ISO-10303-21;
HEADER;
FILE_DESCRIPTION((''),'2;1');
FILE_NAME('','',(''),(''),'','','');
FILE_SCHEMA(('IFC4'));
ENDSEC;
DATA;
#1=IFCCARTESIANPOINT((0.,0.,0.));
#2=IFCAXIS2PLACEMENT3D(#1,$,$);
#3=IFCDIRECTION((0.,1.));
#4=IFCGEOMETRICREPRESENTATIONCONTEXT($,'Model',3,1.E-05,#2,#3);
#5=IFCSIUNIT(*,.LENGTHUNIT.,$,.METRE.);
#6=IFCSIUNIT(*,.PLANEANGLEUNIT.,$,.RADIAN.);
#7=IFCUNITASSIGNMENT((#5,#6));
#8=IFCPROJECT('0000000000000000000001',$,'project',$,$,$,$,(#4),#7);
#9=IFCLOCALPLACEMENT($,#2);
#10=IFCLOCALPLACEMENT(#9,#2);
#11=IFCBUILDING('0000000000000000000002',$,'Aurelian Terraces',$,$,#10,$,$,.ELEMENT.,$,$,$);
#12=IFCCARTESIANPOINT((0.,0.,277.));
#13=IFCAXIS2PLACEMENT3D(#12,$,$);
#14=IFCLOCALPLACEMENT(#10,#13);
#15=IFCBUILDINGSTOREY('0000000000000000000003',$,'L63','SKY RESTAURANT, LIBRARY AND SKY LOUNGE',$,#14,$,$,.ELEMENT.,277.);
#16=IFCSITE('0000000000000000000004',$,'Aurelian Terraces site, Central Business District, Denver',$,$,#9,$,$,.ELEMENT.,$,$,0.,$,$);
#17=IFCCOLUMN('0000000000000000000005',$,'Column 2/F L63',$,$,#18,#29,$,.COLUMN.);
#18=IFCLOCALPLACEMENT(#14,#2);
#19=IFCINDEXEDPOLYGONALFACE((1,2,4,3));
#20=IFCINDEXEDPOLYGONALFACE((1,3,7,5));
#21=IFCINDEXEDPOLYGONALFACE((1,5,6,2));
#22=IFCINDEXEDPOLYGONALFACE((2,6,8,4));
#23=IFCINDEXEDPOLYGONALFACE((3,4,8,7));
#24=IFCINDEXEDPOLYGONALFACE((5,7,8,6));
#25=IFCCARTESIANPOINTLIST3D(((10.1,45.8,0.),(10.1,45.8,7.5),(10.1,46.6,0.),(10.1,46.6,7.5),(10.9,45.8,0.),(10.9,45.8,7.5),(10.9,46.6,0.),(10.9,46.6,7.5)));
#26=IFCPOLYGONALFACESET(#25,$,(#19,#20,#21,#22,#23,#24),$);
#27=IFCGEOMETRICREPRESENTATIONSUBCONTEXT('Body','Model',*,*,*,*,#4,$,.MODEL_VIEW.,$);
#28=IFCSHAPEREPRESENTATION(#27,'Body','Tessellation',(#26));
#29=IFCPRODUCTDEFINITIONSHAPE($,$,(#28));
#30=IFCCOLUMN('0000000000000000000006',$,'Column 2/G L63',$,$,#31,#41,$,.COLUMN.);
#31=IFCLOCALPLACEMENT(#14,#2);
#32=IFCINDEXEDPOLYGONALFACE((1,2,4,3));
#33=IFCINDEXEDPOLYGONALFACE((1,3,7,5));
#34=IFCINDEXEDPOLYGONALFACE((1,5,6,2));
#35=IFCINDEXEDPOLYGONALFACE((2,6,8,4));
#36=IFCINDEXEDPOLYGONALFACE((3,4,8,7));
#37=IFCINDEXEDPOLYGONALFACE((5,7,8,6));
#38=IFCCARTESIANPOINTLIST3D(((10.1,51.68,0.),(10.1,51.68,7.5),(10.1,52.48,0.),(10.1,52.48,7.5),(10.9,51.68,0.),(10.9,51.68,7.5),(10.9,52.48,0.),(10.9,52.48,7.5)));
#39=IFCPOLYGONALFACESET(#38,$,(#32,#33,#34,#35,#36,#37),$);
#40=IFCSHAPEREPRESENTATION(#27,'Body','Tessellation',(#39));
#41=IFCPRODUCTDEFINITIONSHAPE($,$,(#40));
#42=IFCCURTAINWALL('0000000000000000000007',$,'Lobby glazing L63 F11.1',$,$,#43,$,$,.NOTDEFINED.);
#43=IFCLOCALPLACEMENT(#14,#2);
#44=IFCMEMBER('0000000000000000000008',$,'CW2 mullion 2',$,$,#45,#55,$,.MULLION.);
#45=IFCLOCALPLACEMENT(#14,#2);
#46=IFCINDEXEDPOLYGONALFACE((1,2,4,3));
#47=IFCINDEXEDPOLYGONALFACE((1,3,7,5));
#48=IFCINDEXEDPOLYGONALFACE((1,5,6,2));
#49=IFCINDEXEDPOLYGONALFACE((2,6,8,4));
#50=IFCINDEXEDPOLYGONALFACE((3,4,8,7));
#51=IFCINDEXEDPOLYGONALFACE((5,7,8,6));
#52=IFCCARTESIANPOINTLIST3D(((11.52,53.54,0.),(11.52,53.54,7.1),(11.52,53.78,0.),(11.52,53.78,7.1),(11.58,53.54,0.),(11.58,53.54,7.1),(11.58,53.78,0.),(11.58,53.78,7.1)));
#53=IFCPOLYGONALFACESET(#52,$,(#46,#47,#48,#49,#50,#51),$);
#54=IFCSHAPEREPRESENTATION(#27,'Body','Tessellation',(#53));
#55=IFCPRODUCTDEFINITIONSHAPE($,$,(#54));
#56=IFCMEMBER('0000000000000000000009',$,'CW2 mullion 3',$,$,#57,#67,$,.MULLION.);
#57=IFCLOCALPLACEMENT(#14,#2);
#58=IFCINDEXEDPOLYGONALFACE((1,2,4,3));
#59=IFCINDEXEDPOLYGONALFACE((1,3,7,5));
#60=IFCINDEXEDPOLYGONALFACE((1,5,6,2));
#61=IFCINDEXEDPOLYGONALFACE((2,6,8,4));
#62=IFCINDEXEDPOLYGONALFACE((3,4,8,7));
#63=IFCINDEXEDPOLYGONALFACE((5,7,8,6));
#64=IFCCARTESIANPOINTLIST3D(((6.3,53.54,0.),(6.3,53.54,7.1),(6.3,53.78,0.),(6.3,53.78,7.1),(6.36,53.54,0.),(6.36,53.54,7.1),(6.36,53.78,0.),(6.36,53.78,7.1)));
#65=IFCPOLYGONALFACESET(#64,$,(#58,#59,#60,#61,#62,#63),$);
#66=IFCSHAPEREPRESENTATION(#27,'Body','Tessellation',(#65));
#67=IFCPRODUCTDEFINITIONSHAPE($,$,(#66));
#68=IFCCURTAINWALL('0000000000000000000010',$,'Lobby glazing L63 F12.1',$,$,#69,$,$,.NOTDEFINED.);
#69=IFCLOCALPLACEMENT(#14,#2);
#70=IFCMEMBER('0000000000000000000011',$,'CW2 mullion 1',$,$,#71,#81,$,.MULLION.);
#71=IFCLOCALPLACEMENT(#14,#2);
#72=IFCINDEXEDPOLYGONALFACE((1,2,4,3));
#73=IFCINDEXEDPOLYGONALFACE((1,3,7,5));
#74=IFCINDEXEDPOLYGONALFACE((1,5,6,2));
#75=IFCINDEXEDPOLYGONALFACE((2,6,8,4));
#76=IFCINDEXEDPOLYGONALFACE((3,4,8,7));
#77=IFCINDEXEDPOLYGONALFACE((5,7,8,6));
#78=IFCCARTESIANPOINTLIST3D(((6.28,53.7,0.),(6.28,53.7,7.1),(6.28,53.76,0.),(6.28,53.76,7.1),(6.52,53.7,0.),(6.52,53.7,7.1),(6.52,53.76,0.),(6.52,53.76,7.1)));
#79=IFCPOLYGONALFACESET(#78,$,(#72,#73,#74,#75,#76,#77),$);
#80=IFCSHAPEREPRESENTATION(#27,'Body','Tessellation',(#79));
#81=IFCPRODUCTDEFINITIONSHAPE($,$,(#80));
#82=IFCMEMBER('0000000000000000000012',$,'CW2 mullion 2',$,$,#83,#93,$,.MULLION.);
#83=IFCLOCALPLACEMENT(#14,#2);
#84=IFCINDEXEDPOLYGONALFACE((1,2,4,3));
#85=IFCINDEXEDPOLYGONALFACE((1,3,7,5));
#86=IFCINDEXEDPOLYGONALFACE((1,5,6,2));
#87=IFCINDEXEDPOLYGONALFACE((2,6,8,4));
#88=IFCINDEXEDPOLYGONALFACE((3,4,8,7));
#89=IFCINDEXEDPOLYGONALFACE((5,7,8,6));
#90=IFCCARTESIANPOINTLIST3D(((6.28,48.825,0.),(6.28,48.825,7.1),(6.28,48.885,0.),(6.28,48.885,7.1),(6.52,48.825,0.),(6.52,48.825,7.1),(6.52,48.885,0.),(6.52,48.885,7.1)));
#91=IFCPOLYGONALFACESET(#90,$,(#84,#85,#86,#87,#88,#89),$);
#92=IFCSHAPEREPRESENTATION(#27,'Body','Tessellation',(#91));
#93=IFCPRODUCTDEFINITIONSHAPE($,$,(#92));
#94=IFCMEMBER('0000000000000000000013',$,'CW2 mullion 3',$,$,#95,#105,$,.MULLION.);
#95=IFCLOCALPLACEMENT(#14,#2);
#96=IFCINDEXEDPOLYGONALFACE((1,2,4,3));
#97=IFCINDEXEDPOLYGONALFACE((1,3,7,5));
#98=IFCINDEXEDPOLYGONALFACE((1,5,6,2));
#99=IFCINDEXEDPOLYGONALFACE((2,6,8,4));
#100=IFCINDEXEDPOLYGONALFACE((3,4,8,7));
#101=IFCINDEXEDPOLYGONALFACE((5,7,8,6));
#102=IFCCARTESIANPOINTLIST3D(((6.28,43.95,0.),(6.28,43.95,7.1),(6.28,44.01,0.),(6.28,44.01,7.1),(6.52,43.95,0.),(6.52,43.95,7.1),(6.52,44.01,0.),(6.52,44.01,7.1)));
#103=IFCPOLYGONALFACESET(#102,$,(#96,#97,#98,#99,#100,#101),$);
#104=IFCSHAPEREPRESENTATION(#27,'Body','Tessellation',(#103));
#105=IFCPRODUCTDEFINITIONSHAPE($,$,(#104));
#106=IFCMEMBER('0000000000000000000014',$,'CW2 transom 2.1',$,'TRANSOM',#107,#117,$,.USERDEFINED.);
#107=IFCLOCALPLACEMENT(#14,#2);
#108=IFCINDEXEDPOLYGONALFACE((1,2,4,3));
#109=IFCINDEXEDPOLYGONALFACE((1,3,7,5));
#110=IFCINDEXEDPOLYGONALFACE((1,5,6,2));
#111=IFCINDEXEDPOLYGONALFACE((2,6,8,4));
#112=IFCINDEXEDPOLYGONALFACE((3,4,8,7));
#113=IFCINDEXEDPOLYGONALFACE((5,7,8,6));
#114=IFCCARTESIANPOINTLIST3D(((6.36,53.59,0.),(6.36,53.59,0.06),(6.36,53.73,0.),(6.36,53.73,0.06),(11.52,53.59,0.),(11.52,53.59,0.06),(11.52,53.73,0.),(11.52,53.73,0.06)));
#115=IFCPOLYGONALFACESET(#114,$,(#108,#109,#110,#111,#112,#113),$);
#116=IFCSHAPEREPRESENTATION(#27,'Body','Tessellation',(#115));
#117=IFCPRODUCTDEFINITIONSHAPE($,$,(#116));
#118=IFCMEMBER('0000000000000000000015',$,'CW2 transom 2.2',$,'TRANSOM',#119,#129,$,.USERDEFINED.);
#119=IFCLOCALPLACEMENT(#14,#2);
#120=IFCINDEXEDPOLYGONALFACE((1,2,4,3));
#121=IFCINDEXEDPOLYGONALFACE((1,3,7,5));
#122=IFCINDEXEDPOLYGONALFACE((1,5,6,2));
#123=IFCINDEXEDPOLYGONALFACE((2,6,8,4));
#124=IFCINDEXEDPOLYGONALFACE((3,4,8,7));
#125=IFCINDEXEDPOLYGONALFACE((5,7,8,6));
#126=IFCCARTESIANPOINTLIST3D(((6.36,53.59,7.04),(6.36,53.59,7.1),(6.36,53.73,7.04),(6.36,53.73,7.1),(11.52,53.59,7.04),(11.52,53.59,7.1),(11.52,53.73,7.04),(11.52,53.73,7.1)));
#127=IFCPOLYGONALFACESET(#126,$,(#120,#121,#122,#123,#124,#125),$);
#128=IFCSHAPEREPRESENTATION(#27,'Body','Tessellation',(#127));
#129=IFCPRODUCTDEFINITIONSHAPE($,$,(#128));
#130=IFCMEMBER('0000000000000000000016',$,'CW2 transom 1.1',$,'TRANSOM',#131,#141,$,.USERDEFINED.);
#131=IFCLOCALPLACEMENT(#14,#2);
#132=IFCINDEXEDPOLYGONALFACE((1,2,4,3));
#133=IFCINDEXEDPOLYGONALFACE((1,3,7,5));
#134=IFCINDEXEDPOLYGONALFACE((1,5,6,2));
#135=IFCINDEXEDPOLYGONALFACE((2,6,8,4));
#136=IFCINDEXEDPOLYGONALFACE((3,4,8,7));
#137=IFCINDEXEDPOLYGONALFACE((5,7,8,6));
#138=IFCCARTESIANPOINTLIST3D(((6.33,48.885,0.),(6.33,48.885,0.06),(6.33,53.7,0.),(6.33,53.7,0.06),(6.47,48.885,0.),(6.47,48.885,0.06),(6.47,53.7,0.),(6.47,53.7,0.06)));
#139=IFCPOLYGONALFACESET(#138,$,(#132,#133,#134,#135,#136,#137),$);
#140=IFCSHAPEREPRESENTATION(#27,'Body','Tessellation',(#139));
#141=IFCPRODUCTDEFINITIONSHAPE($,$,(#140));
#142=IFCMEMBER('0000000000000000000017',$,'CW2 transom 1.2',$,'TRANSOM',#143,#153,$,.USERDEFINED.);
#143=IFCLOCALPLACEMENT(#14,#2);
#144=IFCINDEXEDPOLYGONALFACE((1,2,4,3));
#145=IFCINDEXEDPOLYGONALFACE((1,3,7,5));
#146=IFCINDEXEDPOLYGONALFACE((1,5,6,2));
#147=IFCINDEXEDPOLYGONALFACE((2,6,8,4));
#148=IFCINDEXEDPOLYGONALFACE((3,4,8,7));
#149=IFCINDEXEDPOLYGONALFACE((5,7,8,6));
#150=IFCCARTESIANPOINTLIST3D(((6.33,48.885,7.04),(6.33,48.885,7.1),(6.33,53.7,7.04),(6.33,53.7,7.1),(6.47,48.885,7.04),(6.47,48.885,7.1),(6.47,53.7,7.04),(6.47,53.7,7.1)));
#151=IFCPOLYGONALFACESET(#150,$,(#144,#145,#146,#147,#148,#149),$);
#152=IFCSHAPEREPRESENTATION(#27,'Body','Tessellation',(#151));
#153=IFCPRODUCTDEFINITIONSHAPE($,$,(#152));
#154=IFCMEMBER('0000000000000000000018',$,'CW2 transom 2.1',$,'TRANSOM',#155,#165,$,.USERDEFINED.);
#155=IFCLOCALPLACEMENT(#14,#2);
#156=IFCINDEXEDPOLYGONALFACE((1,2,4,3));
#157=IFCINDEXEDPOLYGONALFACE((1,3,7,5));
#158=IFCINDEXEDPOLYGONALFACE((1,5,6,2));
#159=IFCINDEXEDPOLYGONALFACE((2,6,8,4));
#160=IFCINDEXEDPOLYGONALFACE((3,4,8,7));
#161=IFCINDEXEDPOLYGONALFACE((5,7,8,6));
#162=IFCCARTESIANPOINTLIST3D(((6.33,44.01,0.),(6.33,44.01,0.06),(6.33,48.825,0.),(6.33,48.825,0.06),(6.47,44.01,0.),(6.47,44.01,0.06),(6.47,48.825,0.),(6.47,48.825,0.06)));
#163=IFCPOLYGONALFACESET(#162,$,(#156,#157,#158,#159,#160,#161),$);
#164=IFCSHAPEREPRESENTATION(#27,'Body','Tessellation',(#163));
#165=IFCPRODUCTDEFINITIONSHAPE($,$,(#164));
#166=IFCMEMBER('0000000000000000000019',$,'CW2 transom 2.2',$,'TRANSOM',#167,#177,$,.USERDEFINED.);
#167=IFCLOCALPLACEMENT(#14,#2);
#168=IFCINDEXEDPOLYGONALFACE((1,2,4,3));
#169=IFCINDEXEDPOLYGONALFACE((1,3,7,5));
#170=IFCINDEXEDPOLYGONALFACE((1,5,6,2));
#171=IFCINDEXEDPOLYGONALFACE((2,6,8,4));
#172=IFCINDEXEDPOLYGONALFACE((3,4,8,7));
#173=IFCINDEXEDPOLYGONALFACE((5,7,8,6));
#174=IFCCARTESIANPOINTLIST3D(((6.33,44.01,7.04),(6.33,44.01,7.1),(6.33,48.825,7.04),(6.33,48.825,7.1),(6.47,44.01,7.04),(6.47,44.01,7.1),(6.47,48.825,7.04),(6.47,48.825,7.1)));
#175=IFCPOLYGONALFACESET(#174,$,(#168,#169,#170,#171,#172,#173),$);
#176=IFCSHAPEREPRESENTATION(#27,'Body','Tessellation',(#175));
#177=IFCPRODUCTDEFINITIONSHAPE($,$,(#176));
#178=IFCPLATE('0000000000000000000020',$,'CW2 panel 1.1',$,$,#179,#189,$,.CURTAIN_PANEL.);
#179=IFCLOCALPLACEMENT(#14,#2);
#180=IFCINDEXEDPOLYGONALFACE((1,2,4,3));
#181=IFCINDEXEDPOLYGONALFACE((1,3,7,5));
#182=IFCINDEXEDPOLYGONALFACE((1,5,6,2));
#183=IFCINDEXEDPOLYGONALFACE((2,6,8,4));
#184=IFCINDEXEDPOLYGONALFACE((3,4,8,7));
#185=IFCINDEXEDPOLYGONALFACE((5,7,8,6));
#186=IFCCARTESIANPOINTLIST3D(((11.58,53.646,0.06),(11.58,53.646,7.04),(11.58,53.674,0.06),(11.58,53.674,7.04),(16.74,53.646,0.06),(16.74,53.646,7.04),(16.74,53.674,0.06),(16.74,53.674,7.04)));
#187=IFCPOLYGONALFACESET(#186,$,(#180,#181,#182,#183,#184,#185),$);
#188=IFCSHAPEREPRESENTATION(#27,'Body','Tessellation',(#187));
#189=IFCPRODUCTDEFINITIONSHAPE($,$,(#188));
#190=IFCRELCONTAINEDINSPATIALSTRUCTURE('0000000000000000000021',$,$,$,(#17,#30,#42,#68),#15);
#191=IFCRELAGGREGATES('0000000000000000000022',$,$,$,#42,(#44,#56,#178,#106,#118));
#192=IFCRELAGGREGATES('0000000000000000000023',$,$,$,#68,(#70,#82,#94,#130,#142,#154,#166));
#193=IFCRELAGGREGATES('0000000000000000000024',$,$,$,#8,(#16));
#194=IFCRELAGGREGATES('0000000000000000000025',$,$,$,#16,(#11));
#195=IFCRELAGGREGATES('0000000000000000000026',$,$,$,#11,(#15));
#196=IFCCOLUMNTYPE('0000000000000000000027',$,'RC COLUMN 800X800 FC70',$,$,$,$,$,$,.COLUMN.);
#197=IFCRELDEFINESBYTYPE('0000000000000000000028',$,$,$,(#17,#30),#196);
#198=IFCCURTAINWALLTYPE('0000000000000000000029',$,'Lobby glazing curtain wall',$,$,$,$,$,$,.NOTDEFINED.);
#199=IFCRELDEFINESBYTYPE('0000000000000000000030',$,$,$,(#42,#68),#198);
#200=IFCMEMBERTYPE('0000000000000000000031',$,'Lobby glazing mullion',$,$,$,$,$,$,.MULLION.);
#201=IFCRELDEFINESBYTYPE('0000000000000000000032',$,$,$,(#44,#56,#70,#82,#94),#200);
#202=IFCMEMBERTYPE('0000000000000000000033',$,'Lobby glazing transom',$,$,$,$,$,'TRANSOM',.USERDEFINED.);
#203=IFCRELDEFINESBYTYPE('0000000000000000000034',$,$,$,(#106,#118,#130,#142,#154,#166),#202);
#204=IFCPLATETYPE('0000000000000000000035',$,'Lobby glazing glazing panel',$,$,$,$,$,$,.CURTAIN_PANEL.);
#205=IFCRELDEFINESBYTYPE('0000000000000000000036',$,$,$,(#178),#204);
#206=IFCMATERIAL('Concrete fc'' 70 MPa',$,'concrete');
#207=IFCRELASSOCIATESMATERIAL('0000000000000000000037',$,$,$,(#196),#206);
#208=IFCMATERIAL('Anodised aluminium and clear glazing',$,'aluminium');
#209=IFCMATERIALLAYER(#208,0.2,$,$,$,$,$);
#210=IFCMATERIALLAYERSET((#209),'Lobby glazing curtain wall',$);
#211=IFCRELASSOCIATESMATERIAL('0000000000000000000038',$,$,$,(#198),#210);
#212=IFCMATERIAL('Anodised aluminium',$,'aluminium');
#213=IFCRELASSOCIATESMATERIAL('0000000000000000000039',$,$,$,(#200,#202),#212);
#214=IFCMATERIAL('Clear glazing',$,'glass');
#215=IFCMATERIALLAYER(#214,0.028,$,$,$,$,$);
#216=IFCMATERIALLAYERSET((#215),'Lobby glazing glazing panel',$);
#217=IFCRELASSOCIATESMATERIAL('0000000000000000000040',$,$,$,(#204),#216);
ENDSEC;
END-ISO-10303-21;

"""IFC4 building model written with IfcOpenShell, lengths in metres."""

from ifc_helpers import new_model, si_unit, direction, frame, origin, origin_2d, place, context, subcontext, project, spatial, rectangle, extrude, source, transform, mapped, material, layer, layer_set, material_profile, profile_set, type_object, element, aggregate, save


model = new_model("IFC4")

# Units and contexts
model_context = context("Model", 3, precision=1e-05, world=origin(), true_north=direction((0.0, 1.0)))
body_context = subcontext(model_context, "Body", "Model", "MODEL_VIEW")
ifc_project = project(units=[si_unit("LENGTHUNIT", "METRE"), si_unit("PLANEANGLEUNIT", "RADIAN")], contexts=[model_context])

# Site, building, storey
site_placement = place(None, origin())
site = spatial("IfcSite", under=ifc_project, at=site_placement, Name="Aurelian Terraces site, Central Business District, Denver", CompositionType="ELEMENT", RefElevation=0.0)
building_placement = place(site_placement, origin())
building = spatial("IfcBuilding", under=site, at=building_placement, Name="Aurelian Terraces", CompositionType="ELEMENT")
storey_placement = place(building_placement, frame((0.0, 0.0, 277.0)))
storey = spatial("IfcBuildingStorey", under=building, at=storey_placement, Name="L63", Description="SKY RESTAURANT, LIBRARY AND SKY LOUNGE", CompositionType="ELEMENT", Elevation=277.0)

# Columns
ifc_material_1 = material(Name="Concrete fc' 70 MPa", Category="concrete")
ifc_material_profile_1 = material_profile(ifc_material_1, rectangle(XDim=0.8, YDim=0.8, at=origin_2d()))
ifc_profile_set_1 = profile_set([ifc_material_profile_1], Name="Concrete fc' 70 MPa")
column_type = type_object("IfcColumnType", Name="RC COLUMN 800X800 FC70", PredefinedType="COLUMN", material=ifc_profile_set_1)
shared_shape_1 = source(origin(), body_context, "Body", "SweptSolid", [
    extrude(rectangle(XDim=0.8, YDim=0.8, at=origin_2d()), origin(), (0.0, 0.0, 1.0), 7.5),
])
for number, where, z_axis, x_axis, name in (
    (1, (10.5, 46.2, 0.0), (0.0, 0.0, 1.0), (1.0, 0.0, 0.0), "Column 2/F L63"),
    (2, (10.5, 52.08, 0.0), (0.0, 0.0, 1.0), (1.0, 0.0, 0.0), "Column 2/G L63"),
):
    element("IfcColumn", number, at=place(storey_placement, frame(where, z_axis=z_axis, x_axis=x_axis)), inside=storey, type_object=column_type, Name=name, PredefinedType="COLUMN", context=body_context, shape_type="MappedRepresentation", body=[
        mapped(shared_shape_1, transform((0.0, 0.0, 0.0), scale=1.0)),
    ])

# Curtain walls, members
ifc_material_2 = material(Name="Anodised aluminium and clear glazing", Category="aluminium")
ifc_layer_1 = layer(ifc_material_2, 0.2)
ifc_layer_set_1 = layer_set([ifc_layer_1], Name="Lobby glazing curtain wall")
curtain_wall_type = type_object("IfcCurtainWallType", Name="Lobby glazing curtain wall", PredefinedType="NOTDEFINED", material=ifc_layer_set_1)
curtain_wall_1_placement = place(storey_placement, origin())
curtain_wall_1 = element("IfcCurtainWall", 3, at=curtain_wall_1_placement, inside=storey, type_object=curtain_wall_type, Name="Lobby glazing L63 F11.1", PredefinedType="NOTDEFINED")
ifc_material_3 = material(Name="Anodised aluminium", Category="aluminium")
ifc_material_profile_2 = material_profile(ifc_material_3, rectangle(XDim=0.24, YDim=0.06, at=origin_2d()))
ifc_profile_set_2 = profile_set([ifc_material_profile_2], Name="Anodised aluminium")
member_type_1 = type_object("IfcMemberType", Name="Lobby glazing mullion", PredefinedType="MULLION", material=ifc_profile_set_2)
shared_shape_2 = source(origin(), body_context, "Body", "SweptSolid", [
    extrude(rectangle(XDim=0.24, YDim=0.06, at=origin_2d()), origin(), (0.0, 0.0, 1.0), 7.1),
])
member_1_placement = place(storey_placement, frame((11.55, 53.66, 0.0), z_axis=(0.0, 0.0, 1.0), x_axis=(0.0, -1.0, 0.0)))
member_1 = element("IfcMember", 4, at=member_1_placement, type_object=member_type_1, Name="CW2 mullion 2", PredefinedType="MULLION", context=body_context, shape_type="MappedRepresentation", body=[
    mapped(shared_shape_2, transform((0.0, 0.0, 0.0), scale=1.0)),
])
member_2_placement = place(storey_placement, frame((6.33, 53.66, 0.0), z_axis=(0.0, 0.0, 1.0), x_axis=(0.0, -1.0, 0.0)))
member_2 = element("IfcMember", 5, at=member_2_placement, type_object=member_type_1, Name="CW2 mullion 3", PredefinedType="MULLION", context=body_context, shape_type="MappedRepresentation", body=[
    mapped(shared_shape_2, transform((0.0, 0.0, 0.0), scale=1.0)),
])
curtain_wall_2_placement = place(storey_placement, origin())
curtain_wall_2 = element("IfcCurtainWall", 6, at=curtain_wall_2_placement, inside=storey, type_object=curtain_wall_type, Name="Lobby glazing L63 F12.1", PredefinedType="NOTDEFINED")
member_3_placement = place(storey_placement, frame((6.4, 53.73, 0.0), z_axis=(0.0, 0.0, 1.0), x_axis=(1.0, 0.0, 0.0)))
member_3 = element("IfcMember", 7, at=member_3_placement, type_object=member_type_1, Name="CW2 mullion 1", PredefinedType="MULLION", context=body_context, shape_type="MappedRepresentation", body=[
    mapped(shared_shape_2, transform((0.0, 0.0, 0.0), scale=1.0)),
])
member_4_placement = place(storey_placement, frame((6.4, 48.855, 0.0), z_axis=(0.0, 0.0, 1.0), x_axis=(1.0, 0.0, 0.0)))
member_4 = element("IfcMember", 8, at=member_4_placement, type_object=member_type_1, Name="CW2 mullion 2", PredefinedType="MULLION", context=body_context, shape_type="MappedRepresentation", body=[
    mapped(shared_shape_2, transform((0.0, 0.0, 0.0), scale=1.0)),
])
member_5_placement = place(storey_placement, frame((6.4, 43.98, 0.0), z_axis=(0.0, 0.0, 1.0), x_axis=(1.0, 0.0, 0.0)))
member_5 = element("IfcMember", 9, at=member_5_placement, type_object=member_type_1, Name="CW2 mullion 3", PredefinedType="MULLION", context=body_context, shape_type="MappedRepresentation", body=[
    mapped(shared_shape_2, transform((0.0, 0.0, 0.0), scale=1.0)),
])

# Members
ifc_material_profile_3 = material_profile(ifc_material_3, rectangle(XDim=0.14, YDim=0.06, at=origin_2d()))
ifc_profile_set_3 = profile_set([ifc_material_profile_3], Name="Anodised aluminium")
member_type_2 = type_object("IfcMemberType", Name="Lobby glazing transom", ElementType="TRANSOM", PredefinedType="USERDEFINED", material=ifc_profile_set_3)
shared_shape_3 = source(origin(), body_context, "Body", "SweptSolid", [
    extrude(rectangle(XDim=0.14, YDim=0.06, at=origin_2d()), origin(), (0.0, 0.0, 1.0), 5.16),
])
member_6_placement = place(storey_placement, frame((11.52, 53.66, 0.03), z_axis=(-1.0, 0.0, 0.0), x_axis=(0.0, -1.0, 0.0)))
member_6 = element("IfcMember", 10, at=member_6_placement, type_object=member_type_2, Name="CW2 transom 2.1", ObjectType="TRANSOM", PredefinedType="USERDEFINED", context=body_context, shape_type="MappedRepresentation", body=[
    mapped(shared_shape_3, transform((0.0, 0.0, 0.0), scale=1.0)),
])
member_7_placement = place(storey_placement, frame((11.52, 53.66, 7.07), z_axis=(-1.0, 0.0, 0.0), x_axis=(0.0, -1.0, 0.0)))
member_7 = element("IfcMember", 11, at=member_7_placement, type_object=member_type_2, Name="CW2 transom 2.2", ObjectType="TRANSOM", PredefinedType="USERDEFINED", context=body_context, shape_type="MappedRepresentation", body=[
    mapped(shared_shape_3, transform((0.0, 0.0, 0.0), scale=1.0)),
])
shared_shape_4 = source(origin(), body_context, "Body", "SweptSolid", [
    extrude(rectangle(XDim=0.14, YDim=0.06, at=origin_2d()), origin(), (0.0, 0.0, 1.0), 4.815),
])
member_8_placement = place(storey_placement, frame((6.4, 53.7, 0.03), z_axis=(0.0, -1.0, 0.0), x_axis=(1.0, 0.0, 0.0)))
member_8 = element("IfcMember", 12, at=member_8_placement, type_object=member_type_2, Name="CW2 transom 1.1", ObjectType="TRANSOM", PredefinedType="USERDEFINED", context=body_context, shape_type="MappedRepresentation", body=[
    mapped(shared_shape_4, transform((0.0, 0.0, 0.0), scale=1.0)),
])
member_9_placement = place(storey_placement, frame((6.4, 53.7, 7.07), z_axis=(0.0, -1.0, 0.0), x_axis=(1.0, 0.0, 0.0)))
member_9 = element("IfcMember", 13, at=member_9_placement, type_object=member_type_2, Name="CW2 transom 1.2", ObjectType="TRANSOM", PredefinedType="USERDEFINED", context=body_context, shape_type="MappedRepresentation", body=[
    mapped(shared_shape_4, transform((0.0, 0.0, 0.0), scale=1.0)),
])
member_10_placement = place(storey_placement, frame((6.4, 48.825, 0.03), z_axis=(0.0, -1.0, 0.0), x_axis=(1.0, 0.0, 0.0)))
member_10 = element("IfcMember", 14, at=member_10_placement, type_object=member_type_2, Name="CW2 transom 2.1", ObjectType="TRANSOM", PredefinedType="USERDEFINED", context=body_context, shape_type="MappedRepresentation", body=[
    mapped(shared_shape_4, transform((0.0, 0.0, 0.0), scale=1.0)),
])
member_11_placement = place(storey_placement, frame((6.4, 48.825, 7.07), z_axis=(0.0, -1.0, 0.0), x_axis=(1.0, 0.0, 0.0)))
member_11 = element("IfcMember", 15, at=member_11_placement, type_object=member_type_2, Name="CW2 transom 2.2", ObjectType="TRANSOM", PredefinedType="USERDEFINED", context=body_context, shape_type="MappedRepresentation", body=[
    mapped(shared_shape_4, transform((0.0, 0.0, 0.0), scale=1.0)),
])

# Plate
ifc_material_4 = material(Name="Clear glazing", Category="glass")
ifc_layer_2 = layer(ifc_material_4, 0.028)
ifc_layer_set_2 = layer_set([ifc_layer_2], Name="Lobby glazing glazing panel")
plate_type = type_object("IfcPlateType", Name="Lobby glazing glazing panel", PredefinedType="CURTAIN_PANEL", material=ifc_layer_set_2)
shared_shape_5 = source(origin(), body_context, "Body", "SweptSolid", [
    extrude(rectangle(XDim=5.16, YDim=0.028, at=origin_2d()), origin(), (0.0, 0.0, 1.0), 6.98),
])
plate_1_placement = place(storey_placement, frame((14.16, 53.66, 0.06), z_axis=(0.0, 0.0, 1.0), x_axis=(-1.0, 0.0, 0.0)))
plate_1 = element("IfcPlate", 16, at=plate_1_placement, type_object=plate_type, Name="CW2 panel 1.1", PredefinedType="CURTAIN_PANEL", context=body_context, shape_type="MappedRepresentation", body=[
    mapped(shared_shape_5, transform((0.0, 0.0, 0.0), scale=1.0)),
])
aggregate(curtain_wall_1, [member_1, member_2, plate_1, member_6, member_7])
aggregate(curtain_wall_2, [member_3, member_4, member_5, member_8, member_9, member_10, member_11])

save(model, "model.ifc")
